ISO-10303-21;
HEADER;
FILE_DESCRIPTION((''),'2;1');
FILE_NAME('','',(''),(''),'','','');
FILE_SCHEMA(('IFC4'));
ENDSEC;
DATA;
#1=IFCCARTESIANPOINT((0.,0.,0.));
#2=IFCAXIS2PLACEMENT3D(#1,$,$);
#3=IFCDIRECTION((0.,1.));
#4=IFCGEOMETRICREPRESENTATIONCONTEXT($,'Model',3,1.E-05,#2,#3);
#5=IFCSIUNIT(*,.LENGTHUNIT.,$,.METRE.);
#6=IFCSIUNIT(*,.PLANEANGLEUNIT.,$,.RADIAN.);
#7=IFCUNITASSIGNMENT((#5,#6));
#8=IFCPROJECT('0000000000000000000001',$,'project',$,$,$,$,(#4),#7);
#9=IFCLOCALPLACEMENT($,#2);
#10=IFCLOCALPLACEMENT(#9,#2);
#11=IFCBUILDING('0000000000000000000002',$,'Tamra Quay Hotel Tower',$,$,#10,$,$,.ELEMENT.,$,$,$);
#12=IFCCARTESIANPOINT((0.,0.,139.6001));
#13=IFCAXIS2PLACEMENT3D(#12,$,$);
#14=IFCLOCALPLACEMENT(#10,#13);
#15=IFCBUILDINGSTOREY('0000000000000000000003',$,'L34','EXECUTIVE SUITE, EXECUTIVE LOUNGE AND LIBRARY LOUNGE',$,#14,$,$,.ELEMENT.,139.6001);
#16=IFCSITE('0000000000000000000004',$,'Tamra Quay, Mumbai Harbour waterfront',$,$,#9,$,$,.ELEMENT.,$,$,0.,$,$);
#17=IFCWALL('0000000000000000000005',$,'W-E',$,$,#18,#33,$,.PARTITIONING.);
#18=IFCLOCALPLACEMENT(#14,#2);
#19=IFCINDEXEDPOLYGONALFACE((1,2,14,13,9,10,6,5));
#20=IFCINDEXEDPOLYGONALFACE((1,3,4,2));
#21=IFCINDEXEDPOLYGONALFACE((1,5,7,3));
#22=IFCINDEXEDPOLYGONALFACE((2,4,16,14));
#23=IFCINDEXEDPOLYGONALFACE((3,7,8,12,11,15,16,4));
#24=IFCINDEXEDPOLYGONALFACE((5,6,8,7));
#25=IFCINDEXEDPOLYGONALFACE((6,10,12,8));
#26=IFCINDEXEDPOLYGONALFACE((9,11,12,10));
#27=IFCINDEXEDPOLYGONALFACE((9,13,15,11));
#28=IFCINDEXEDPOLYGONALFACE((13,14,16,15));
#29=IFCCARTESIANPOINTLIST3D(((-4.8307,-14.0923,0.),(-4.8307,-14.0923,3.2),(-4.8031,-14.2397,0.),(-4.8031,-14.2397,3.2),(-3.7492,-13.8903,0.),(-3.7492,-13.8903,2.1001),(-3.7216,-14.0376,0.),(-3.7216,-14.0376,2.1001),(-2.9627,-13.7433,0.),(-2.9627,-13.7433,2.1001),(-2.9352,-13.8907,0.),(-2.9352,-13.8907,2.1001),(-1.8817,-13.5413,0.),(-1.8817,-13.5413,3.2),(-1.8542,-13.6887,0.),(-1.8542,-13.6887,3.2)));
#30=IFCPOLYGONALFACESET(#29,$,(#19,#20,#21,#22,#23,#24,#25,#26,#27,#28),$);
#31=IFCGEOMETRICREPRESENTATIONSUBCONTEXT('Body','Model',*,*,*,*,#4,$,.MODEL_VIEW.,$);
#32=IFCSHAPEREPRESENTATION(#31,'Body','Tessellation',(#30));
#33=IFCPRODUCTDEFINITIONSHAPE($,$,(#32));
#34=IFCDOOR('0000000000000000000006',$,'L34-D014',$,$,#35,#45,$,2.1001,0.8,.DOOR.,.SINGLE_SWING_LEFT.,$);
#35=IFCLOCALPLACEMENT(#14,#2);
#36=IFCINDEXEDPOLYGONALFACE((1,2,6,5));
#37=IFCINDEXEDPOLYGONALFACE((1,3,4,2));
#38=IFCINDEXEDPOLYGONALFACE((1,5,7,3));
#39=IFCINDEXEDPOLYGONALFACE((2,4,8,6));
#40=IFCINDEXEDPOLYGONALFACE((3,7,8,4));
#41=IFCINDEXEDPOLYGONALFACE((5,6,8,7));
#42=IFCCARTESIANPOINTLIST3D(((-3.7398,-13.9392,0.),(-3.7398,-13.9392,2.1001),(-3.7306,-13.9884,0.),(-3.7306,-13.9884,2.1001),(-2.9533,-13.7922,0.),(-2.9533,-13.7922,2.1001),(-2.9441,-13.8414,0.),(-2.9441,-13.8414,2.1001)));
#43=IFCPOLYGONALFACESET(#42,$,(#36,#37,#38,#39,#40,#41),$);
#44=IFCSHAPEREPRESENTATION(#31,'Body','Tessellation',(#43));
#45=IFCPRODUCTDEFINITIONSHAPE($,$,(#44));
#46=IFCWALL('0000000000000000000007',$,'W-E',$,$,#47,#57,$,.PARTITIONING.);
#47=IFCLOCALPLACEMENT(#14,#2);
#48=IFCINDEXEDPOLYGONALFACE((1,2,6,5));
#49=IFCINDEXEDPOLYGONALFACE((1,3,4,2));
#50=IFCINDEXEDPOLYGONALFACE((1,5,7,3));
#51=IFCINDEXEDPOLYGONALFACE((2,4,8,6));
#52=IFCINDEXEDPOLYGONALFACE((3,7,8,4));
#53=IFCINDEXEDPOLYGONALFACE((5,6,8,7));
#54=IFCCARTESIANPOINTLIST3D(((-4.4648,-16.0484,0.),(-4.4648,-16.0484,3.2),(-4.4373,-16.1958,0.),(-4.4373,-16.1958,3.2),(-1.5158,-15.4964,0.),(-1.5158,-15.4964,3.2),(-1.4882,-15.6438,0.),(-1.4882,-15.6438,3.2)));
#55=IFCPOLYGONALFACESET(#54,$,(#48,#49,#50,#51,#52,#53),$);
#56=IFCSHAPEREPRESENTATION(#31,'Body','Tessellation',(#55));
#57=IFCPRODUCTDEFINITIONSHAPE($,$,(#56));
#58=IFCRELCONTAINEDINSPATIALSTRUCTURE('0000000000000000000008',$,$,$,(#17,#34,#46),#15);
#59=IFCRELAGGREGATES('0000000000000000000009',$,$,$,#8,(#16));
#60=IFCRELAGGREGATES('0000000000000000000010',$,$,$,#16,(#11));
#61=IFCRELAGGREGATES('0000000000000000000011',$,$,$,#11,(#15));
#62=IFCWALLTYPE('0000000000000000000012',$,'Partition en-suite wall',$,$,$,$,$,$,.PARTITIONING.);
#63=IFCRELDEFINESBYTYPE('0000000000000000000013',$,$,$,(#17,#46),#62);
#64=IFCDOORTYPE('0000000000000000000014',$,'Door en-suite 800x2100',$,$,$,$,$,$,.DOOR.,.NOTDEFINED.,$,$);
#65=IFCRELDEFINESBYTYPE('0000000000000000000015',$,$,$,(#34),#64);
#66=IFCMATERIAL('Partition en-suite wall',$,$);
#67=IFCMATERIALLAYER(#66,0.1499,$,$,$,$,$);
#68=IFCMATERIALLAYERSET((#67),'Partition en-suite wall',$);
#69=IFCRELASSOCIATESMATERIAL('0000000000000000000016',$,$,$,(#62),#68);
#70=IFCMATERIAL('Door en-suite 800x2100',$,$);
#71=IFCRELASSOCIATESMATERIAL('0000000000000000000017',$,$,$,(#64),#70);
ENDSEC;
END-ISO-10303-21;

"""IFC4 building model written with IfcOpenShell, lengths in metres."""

from ifc_helpers import new_model, si_unit, direction, frame, frame_2d, origin, place, context, subcontext, project, spatial, rectangle, extrude, material, layer, layer_set, type_object, element, fill, save


model = new_model("IFC4")

# Units and contexts
model_context = context("Model", 3, precision=1e-05, world=origin(), true_north=direction((0.0, 1.0)))
body_context = subcontext(model_context, "Body", "Model", "MODEL_VIEW")
ifc_project = project(units=[si_unit("LENGTHUNIT", "METRE"), si_unit("PLANEANGLEUNIT", "RADIAN")], contexts=[model_context])

# Site, building, storey
site_placement = place(None, origin())
site = spatial("IfcSite", under=ifc_project, at=site_placement, Name="Tamra Quay, Mumbai Harbour waterfront", CompositionType="ELEMENT", RefElevation=0.0)
building_placement = place(site_placement, origin())
building = spatial("IfcBuilding", under=site, at=building_placement, Name="Tamra Quay Hotel Tower", CompositionType="ELEMENT")
storey_placement = place(building_placement, frame((0.0, 0.0, 139.6001)))
storey = spatial("IfcBuildingStorey", under=building, at=storey_placement, Name="L34", Description="EXECUTIVE SUITE, EXECUTIVE LOUNGE AND LIBRARY LOUNGE", CompositionType="ELEMENT", Elevation=139.6001)

# Shared definitions
ifc_material_1 = material(Name="Partition en-suite wall")
ifc_layer_1 = layer(ifc_material_1, 0.1499)
ifc_layer_set_1 = layer_set([ifc_layer_1], Name="Partition en-suite wall")
wall_type_1 = type_object("IfcWallType", Name="Partition en-suite wall", PredefinedType="PARTITIONING", material=ifc_layer_set_1)

# Wall, opening, door
wall_1_placement = place(storey_placement, frame((-4.8169, -14.166, 0.0), z_axis=(0.0, 0.0, 1.0), x_axis=(0.982987, 0.183674, 0.0)))
wall_1 = element("IfcWall", 1, at=wall_1_placement, inside=storey, type_object=wall_type_1, Name="W-E", PredefinedType="PARTITIONING", context=body_context, shape_type="SweptSolid", body=[
    extrude(rectangle(XDim=3.0, YDim=0.1499, at=frame_2d((1.5, 0.0))), origin(), (0.0, 0.0, 1.0), 3.2),
])
opening_1_placement = place(wall_1_placement, frame((1.1003, 0.0, 0.0)))
opening_1 = element("IfcOpeningElement", 2, at=opening_1_placement, cuts=wall_1, PredefinedType="OPENING", context=body_context, shape_type="SweptSolid", body=[
    extrude(rectangle(XDim=0.8, YDim=2.1001, at=frame_2d((0.3999, 1.05))), frame((0.0, 0.085, 0.0), z_axis=(0.0, -1.0, 0.0), x_axis=(1.0, 0.0, 0.0)), (0.0, 0.0, 1.0), 0.1699),
])
ifc_material_2 = material(Name="Door en-suite 800x2100")
door_type_1 = type_object("IfcDoorType", Name="Door en-suite 800x2100", OperationType="NOTDEFINED", PredefinedType="DOOR", material=ifc_material_2)
door_1_placement = place(opening_1_placement, frame((0.8, 0.0, 0.0), z_axis=(0.0, 0.0, 1.0), x_axis=(-1.0, 0.0, 0.0)))
door_1 = element("IfcDoor", 3, at=door_1_placement, inside=storey, type_object=door_type_1, Name="L34-D014", OperationType="SINGLE_SWING_LEFT", OverallHeight=2.1001, OverallWidth=0.8, PredefinedType="DOOR", context=body_context, shape_type="SweptSolid", body=[
    extrude(rectangle(XDim=0.8, YDim=2.1001, at=frame_2d((0.3999, 1.05))), frame((0.0, 0.0249, 0.0), z_axis=(0.0, -1.0, 0.0), x_axis=(1.0, 0.0, 0.0)), (0.0, 0.0, 1.0), 0.05),
])
fill(opening_1, door_1)

# Wall
wall_2_placement = place(storey_placement, frame((-4.4509, -16.1221, 0.0), z_axis=(0.0, 0.0, 1.0), x_axis=(0.982928, 0.183989, 0.0)))
element("IfcWall", 4, at=wall_2_placement, inside=storey, type_object=wall_type_1, Name="W-E", PredefinedType="PARTITIONING", context=body_context, shape_type="SweptSolid", body=[
    extrude(rectangle(XDim=3.0002, YDim=0.1499, at=frame_2d((1.5, 0.0))), origin(), (0.0, 0.0, 1.0), 3.2),
])

save(model, "model.ifc")
